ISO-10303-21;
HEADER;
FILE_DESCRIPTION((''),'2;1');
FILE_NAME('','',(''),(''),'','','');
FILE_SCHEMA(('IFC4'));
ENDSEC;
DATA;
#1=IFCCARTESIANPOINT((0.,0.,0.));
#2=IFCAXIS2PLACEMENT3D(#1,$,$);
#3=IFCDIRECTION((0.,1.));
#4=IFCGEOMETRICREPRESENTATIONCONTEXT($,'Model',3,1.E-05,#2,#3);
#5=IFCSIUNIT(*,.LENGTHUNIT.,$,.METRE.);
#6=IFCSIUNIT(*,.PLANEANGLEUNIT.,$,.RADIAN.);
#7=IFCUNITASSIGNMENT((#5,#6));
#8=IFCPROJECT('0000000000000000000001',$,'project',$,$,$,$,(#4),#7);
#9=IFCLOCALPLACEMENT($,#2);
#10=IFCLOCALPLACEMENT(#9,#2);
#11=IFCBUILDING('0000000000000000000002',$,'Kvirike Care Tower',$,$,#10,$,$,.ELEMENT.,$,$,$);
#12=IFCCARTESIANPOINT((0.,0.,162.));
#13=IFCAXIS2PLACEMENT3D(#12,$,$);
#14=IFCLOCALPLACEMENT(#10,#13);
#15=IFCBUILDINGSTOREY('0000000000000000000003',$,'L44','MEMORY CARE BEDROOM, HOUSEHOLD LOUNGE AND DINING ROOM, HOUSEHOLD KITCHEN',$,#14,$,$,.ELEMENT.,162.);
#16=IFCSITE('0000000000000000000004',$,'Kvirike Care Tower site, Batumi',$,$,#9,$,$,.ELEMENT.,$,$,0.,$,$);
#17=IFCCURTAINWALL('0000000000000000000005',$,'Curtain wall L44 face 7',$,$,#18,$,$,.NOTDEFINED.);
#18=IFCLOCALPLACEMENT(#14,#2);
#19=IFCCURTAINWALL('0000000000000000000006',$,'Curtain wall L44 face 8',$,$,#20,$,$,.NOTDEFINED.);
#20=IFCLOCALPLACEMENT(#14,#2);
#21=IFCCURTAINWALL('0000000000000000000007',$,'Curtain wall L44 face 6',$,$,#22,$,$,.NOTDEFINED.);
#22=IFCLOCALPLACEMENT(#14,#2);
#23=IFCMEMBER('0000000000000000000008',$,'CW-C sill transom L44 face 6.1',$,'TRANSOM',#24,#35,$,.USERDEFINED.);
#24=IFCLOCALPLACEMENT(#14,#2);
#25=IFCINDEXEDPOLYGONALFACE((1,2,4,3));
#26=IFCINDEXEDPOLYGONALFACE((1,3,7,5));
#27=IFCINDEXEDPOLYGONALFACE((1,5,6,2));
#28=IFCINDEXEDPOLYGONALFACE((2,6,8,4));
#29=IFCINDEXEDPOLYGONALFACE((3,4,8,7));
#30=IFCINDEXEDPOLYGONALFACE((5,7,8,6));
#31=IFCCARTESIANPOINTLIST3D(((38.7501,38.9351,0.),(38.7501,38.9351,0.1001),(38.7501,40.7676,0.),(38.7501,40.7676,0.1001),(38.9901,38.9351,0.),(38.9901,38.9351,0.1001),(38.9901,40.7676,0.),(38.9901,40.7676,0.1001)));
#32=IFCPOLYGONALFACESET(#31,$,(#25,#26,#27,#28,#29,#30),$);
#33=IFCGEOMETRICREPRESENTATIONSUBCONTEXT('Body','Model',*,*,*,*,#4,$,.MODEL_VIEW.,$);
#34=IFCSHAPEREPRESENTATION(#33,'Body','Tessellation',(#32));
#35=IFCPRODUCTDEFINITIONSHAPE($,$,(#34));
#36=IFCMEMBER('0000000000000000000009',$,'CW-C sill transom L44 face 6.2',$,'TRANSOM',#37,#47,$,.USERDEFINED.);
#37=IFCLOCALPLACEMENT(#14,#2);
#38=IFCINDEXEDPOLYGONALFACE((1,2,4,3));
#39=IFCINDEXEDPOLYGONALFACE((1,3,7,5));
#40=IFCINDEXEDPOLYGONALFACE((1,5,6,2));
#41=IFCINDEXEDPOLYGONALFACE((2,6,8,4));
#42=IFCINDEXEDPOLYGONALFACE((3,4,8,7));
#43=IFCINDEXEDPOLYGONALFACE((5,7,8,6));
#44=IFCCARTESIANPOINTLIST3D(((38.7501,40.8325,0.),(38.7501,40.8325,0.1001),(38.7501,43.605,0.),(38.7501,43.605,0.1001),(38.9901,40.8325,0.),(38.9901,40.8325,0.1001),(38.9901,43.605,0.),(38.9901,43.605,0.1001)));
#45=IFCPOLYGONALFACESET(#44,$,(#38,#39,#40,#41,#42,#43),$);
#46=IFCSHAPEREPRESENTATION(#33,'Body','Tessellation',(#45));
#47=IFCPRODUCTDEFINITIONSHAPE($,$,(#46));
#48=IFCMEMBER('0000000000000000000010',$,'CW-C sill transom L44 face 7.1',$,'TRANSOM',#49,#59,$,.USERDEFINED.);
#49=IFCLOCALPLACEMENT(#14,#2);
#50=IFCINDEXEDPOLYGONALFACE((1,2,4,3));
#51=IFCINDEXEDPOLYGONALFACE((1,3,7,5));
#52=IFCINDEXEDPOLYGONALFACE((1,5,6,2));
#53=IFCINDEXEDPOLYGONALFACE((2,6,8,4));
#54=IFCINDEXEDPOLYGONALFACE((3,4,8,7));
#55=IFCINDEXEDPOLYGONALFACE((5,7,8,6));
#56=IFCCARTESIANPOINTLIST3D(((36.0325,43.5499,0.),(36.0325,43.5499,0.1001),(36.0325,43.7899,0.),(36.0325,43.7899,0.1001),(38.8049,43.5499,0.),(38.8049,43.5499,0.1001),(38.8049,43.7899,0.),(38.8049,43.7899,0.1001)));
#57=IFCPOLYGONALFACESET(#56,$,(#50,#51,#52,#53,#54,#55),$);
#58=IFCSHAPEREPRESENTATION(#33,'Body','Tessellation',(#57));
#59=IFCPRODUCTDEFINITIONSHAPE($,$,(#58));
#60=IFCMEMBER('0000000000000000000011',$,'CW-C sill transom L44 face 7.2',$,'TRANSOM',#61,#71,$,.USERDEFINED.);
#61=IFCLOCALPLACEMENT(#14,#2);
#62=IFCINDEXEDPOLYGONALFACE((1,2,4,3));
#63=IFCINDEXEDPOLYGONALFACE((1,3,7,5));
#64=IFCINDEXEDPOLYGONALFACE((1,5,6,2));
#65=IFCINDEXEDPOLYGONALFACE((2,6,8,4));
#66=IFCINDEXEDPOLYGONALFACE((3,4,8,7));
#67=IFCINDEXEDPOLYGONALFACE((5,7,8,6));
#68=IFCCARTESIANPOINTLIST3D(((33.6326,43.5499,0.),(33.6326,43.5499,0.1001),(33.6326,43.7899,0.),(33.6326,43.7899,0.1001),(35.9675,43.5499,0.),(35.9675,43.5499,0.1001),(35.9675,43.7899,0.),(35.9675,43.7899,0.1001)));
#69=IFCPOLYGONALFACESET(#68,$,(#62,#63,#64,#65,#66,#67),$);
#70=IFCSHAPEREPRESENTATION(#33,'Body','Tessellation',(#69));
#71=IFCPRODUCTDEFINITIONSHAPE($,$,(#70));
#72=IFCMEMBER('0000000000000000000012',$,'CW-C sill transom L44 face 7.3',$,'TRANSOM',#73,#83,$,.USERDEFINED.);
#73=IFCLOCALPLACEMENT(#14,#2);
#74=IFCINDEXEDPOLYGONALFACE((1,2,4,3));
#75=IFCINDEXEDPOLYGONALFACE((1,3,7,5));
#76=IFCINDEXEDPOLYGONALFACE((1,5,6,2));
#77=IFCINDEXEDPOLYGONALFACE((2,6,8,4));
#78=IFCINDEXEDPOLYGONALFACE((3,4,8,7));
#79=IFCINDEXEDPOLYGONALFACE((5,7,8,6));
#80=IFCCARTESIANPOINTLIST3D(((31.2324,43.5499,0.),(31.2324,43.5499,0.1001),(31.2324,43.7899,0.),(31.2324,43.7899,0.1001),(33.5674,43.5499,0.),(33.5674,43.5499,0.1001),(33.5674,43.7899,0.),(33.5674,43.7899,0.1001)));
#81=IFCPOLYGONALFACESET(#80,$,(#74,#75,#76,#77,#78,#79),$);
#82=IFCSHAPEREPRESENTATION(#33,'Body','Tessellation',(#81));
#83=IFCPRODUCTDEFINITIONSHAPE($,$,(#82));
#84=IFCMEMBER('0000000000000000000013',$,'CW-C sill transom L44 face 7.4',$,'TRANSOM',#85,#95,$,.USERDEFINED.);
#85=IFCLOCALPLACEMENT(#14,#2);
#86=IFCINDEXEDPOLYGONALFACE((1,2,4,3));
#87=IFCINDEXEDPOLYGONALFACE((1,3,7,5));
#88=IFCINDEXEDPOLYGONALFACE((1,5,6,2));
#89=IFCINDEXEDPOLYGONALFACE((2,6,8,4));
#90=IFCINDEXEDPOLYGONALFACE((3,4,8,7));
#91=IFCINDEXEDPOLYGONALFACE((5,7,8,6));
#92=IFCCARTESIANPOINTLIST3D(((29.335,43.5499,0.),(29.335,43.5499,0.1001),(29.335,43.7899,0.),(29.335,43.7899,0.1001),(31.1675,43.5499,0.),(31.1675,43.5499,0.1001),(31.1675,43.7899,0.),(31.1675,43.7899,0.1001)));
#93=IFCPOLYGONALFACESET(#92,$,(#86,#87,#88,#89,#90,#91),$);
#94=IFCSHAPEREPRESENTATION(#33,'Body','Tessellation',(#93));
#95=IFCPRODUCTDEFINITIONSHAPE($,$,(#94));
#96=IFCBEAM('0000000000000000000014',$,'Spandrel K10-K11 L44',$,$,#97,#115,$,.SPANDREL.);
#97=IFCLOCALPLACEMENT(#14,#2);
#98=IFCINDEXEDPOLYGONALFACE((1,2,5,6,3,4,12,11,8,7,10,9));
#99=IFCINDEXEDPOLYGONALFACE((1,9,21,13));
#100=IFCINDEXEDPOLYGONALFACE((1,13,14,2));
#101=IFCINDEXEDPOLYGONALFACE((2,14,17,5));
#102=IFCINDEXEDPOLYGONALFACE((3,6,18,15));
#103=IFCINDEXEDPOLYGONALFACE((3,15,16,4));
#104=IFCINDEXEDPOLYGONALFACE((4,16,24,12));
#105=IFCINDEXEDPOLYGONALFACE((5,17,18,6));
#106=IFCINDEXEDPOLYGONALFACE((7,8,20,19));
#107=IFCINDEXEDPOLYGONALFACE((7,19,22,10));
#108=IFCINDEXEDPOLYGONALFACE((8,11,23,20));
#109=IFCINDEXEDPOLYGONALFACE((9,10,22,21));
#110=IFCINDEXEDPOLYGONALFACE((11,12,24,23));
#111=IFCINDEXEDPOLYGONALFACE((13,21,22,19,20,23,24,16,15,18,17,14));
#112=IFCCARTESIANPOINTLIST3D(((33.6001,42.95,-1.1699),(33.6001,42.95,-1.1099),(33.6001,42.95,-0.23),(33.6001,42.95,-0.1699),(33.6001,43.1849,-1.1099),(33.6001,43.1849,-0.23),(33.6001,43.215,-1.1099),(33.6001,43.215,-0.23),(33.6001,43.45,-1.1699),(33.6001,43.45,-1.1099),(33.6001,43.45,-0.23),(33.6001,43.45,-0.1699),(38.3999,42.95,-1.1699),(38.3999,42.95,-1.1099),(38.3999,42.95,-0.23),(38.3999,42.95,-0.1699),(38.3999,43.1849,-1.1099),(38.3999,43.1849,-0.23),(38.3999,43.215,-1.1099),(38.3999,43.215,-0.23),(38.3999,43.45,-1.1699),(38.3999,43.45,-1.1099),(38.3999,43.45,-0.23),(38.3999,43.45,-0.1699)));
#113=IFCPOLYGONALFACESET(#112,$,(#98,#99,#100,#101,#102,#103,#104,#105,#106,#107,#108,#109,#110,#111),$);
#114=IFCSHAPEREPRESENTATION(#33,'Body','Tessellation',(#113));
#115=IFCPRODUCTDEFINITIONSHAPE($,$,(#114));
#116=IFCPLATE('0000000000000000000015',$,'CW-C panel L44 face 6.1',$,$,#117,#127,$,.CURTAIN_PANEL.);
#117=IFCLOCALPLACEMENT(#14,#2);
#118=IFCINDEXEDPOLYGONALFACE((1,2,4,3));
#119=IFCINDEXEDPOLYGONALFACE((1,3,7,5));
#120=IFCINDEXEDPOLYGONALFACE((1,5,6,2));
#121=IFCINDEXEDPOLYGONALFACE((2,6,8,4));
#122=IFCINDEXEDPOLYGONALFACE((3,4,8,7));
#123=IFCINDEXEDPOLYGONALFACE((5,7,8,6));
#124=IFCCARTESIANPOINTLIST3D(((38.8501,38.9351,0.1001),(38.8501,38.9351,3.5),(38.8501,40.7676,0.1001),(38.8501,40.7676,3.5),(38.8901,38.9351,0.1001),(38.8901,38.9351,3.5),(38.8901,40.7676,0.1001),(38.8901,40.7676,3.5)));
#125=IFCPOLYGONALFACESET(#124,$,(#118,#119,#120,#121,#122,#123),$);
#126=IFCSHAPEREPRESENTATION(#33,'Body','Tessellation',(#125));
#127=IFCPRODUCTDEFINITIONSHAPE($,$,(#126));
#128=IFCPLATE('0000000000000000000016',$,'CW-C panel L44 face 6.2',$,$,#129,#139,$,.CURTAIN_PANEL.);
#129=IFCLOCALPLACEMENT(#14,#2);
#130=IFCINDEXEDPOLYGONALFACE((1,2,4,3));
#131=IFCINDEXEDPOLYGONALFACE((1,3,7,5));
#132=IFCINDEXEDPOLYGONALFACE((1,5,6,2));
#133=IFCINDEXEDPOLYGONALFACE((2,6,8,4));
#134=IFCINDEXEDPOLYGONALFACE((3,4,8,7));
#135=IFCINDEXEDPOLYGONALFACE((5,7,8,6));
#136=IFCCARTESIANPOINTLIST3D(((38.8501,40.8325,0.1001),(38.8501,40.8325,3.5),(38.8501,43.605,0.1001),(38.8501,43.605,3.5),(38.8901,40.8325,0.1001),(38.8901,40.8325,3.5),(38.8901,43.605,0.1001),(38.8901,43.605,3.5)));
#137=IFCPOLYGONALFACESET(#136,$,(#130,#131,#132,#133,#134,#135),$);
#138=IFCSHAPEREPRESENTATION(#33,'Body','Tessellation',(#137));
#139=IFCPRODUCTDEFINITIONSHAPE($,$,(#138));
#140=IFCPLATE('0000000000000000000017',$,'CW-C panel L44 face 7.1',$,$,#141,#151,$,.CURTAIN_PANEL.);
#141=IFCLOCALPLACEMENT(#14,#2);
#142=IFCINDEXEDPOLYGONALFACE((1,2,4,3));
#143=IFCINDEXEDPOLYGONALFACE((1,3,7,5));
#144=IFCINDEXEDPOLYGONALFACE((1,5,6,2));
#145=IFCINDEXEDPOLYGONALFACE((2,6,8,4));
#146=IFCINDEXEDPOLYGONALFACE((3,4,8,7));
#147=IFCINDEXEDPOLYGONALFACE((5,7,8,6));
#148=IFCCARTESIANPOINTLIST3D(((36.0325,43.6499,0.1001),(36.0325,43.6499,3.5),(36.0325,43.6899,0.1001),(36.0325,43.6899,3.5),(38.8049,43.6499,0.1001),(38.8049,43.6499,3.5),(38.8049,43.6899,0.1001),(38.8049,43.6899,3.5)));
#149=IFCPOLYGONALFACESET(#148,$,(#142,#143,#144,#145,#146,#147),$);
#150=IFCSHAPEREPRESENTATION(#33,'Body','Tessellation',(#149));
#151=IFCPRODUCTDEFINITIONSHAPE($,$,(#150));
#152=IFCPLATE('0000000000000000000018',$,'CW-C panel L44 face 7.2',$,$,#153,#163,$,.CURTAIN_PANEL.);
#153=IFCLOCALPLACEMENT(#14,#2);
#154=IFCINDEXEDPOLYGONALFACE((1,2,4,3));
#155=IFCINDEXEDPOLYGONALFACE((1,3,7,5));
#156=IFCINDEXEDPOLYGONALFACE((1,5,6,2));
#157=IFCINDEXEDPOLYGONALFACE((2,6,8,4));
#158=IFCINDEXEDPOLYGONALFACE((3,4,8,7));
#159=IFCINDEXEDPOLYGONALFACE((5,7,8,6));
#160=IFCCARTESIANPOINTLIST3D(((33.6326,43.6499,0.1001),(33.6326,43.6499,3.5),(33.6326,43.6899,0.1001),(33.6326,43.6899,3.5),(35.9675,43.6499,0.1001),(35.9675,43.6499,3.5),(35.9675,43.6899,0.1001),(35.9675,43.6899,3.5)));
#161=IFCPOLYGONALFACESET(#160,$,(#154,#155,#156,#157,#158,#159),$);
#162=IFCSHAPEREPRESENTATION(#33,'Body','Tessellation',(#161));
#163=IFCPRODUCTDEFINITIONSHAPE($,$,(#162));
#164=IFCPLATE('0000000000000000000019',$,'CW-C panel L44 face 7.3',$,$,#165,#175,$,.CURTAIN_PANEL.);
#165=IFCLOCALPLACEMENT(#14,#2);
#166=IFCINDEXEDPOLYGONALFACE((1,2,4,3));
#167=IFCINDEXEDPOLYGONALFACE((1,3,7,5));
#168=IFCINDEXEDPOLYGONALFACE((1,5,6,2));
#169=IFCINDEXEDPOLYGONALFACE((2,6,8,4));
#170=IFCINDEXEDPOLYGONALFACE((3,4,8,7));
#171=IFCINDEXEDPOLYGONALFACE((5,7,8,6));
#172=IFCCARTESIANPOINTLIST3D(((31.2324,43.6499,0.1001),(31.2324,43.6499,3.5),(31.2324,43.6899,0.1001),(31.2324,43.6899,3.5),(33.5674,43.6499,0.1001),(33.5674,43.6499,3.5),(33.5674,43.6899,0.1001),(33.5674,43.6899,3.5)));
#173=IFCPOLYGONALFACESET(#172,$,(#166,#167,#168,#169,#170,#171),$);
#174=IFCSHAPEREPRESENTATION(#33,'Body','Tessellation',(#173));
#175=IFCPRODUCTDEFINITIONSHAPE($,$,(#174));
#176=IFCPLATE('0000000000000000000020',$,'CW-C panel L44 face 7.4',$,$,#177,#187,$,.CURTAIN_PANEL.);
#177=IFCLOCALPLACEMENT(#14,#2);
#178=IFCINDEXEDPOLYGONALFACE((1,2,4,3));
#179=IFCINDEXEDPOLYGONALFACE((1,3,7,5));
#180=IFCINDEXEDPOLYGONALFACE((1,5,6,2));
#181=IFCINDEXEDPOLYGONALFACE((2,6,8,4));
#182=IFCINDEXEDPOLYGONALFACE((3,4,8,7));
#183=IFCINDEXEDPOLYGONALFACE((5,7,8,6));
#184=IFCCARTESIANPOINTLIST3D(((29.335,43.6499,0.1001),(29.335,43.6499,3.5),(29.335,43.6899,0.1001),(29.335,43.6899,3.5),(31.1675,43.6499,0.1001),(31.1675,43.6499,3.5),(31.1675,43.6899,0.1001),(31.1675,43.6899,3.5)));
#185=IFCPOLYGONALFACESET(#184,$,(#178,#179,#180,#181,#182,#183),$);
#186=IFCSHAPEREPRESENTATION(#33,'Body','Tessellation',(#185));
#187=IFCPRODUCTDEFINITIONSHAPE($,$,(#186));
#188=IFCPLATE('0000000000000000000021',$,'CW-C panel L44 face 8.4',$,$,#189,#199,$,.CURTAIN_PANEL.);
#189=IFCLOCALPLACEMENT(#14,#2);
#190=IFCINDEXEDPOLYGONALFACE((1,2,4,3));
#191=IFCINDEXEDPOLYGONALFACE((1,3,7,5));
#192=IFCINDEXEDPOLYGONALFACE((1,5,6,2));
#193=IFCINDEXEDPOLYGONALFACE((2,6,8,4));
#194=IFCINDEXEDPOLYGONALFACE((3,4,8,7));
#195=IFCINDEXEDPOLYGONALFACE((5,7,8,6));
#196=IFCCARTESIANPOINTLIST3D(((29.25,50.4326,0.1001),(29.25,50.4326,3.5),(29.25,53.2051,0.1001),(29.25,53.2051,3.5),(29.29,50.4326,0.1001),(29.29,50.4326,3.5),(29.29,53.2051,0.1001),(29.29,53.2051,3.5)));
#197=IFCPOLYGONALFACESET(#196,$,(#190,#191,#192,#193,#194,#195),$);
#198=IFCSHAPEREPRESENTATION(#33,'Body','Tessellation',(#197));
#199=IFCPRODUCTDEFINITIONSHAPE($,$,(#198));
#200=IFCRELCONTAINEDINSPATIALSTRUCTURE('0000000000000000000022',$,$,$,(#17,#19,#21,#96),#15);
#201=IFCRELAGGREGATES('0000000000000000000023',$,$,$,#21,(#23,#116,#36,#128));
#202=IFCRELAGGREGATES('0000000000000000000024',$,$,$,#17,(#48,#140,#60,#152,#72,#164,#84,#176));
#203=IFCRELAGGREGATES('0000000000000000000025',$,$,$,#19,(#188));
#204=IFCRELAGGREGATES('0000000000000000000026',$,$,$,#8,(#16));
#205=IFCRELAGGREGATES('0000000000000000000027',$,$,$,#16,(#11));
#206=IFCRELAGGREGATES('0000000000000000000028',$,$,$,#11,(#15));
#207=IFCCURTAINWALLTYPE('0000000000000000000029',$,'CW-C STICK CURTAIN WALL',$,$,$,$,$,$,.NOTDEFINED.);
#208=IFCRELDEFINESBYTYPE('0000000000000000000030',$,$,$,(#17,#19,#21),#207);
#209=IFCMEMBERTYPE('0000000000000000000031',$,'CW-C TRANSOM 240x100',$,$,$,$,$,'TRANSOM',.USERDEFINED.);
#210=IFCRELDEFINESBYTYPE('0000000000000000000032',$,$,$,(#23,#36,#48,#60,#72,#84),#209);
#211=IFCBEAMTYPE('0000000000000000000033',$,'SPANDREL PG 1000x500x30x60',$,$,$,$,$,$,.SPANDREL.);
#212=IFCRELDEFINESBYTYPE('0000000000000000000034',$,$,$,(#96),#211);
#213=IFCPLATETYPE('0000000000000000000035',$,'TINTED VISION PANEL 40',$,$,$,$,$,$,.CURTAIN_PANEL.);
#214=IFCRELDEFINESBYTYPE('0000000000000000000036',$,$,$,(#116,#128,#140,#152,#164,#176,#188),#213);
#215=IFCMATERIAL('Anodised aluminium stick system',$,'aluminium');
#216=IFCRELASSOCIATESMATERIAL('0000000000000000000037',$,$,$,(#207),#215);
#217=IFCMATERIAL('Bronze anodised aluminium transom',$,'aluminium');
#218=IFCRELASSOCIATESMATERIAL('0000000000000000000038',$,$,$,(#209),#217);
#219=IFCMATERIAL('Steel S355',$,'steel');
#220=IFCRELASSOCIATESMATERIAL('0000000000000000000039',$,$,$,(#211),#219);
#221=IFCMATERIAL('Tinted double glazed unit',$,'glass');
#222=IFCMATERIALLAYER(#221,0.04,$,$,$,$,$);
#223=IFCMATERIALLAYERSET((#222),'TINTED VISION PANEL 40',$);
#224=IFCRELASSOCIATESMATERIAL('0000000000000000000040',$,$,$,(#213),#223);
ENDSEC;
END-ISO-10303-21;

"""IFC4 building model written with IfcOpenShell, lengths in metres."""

from ifc_helpers import new_model, si_unit, direction, frame, origin, origin_2d, place, context, subcontext, project, spatial, rectangle, i_section, extrude, material, layer, layer_set, material_profile, profile_set, type_object, element, aggregate, save


model = new_model("IFC4")

# Units and contexts
model_context = context("Model", 3, precision=1e-05, world=origin(), true_north=direction((0.0, 1.0)))
body_context = subcontext(model_context, "Body", "Model", "MODEL_VIEW")
ifc_project = project(units=[si_unit("LENGTHUNIT", "METRE"), si_unit("PLANEANGLEUNIT", "RADIAN")], contexts=[model_context])

# Site, building, storey
site_placement = place(None, origin())
site = spatial("IfcSite", under=ifc_project, at=site_placement, Name="Kvirike Care Tower site, Batumi", CompositionType="ELEMENT", RefElevation=0.0)
building_placement = place(site_placement, origin())
building = spatial("IfcBuilding", under=site, at=building_placement, Name="Kvirike Care Tower", CompositionType="ELEMENT")
storey_placement = place(building_placement, frame((0.0, 0.0, 162.0)))
storey = spatial("IfcBuildingStorey", under=building, at=storey_placement, Name="L44", Description="MEMORY CARE BEDROOM, HOUSEHOLD LOUNGE AND DINING ROOM, HOUSEHOLD KITCHEN", CompositionType="ELEMENT", Elevation=162.0)

# Curtain walls
ifc_material_1 = material(Name="Anodised aluminium stick system", Category="aluminium")
curtain_wall_type = type_object("IfcCurtainWallType", Name="CW-C STICK CURTAIN WALL", PredefinedType="NOTDEFINED", material=ifc_material_1)
curtain_wall_1_placement = place(storey_placement, origin())
curtain_wall_1 = element("IfcCurtainWall", 1, at=curtain_wall_1_placement, inside=storey, type_object=curtain_wall_type, Name="Curtain wall L44 face 7", PredefinedType="NOTDEFINED")
curtain_wall_2_placement = place(storey_placement, origin())
curtain_wall_2 = element("IfcCurtainWall", 2, at=curtain_wall_2_placement, inside=storey, type_object=curtain_wall_type, Name="Curtain wall L44 face 8", PredefinedType="NOTDEFINED")

# Curtain wall
curtain_wall_3_placement = place(storey_placement, origin())
curtain_wall_3 = element("IfcCurtainWall", 3, at=curtain_wall_3_placement, inside=storey, type_object=curtain_wall_type, Name="Curtain wall L44 face 6", PredefinedType="NOTDEFINED")

# Members
ifc_material_2 = material(Name="Bronze anodised aluminium transom", Category="aluminium")
ifc_material_profile_1 = material_profile(ifc_material_2, rectangle(XDim=0.24, YDim=0.1001, at=origin_2d()), Name="CW-C TRANSOM 240x100")
ifc_profile_set_1 = profile_set([ifc_material_profile_1], Name="Bronze anodised aluminium transom")
member_type_1 = type_object("IfcMemberType", Name="CW-C TRANSOM 240x100", ElementType="TRANSOM", PredefinedType="USERDEFINED", material=ifc_profile_set_1)
member_1_placement = place(storey_placement, frame((38.8701, 38.9351, 0.05), z_axis=(0.0, 1.0, 0.0), x_axis=(-1.0, 0.0, 0.0)))
member_1 = element("IfcMember", 4, at=member_1_placement, type_object=member_type_1, Name="CW-C sill transom L44 face 6.1", ObjectType="TRANSOM", PredefinedType="USERDEFINED", context=body_context, shape_type="SweptSolid", body=[
    extrude(rectangle(XDim=0.24, YDim=0.1001, at=origin_2d()), origin(), (0.0, 0.0, 1.0), 1.8325),
])
member_2_placement = place(storey_placement, frame((38.8701, 40.8325, 0.05), z_axis=(0.0, 1.0, 0.0), x_axis=(-1.0, 0.0, 0.0)))
member_2 = element("IfcMember", 5, at=member_2_placement, type_object=member_type_1, Name="CW-C sill transom L44 face 6.2", ObjectType="TRANSOM", PredefinedType="USERDEFINED", context=body_context, shape_type="SweptSolid", body=[
    extrude(rectangle(XDim=0.24, YDim=0.1001, at=origin_2d()), origin(), (0.0, 0.0, 1.0), 2.7725),
])
member_3_placement = place(storey_placement, frame((38.8049, 43.6699, 0.05), z_axis=(-1.0, 0.0, 0.0), x_axis=(0.0, -1.0, 0.0)))
member_3 = element("IfcMember", 6, at=member_3_placement, type_object=member_type_1, Name="CW-C sill transom L44 face 7.1", ObjectType="TRANSOM", PredefinedType="USERDEFINED", context=body_context, shape_type="SweptSolid", body=[
    extrude(rectangle(XDim=0.24, YDim=0.1001, at=origin_2d()), origin(), (0.0, 0.0, 1.0), 2.7725),
])
member_4_placement = place(storey_placement, frame((35.9675, 43.6699, 0.05), z_axis=(-1.0, 0.0, 0.0), x_axis=(0.0, -1.0, 0.0)))
member_4 = element("IfcMember", 7, at=member_4_placement, type_object=member_type_1, Name="CW-C sill transom L44 face 7.2", ObjectType="TRANSOM", PredefinedType="USERDEFINED", context=body_context, shape_type="SweptSolid", body=[
    extrude(rectangle(XDim=0.24, YDim=0.1001, at=origin_2d()), origin(), (0.0, 0.0, 1.0), 2.335),
])
member_5_placement = place(storey_placement, frame((33.5674, 43.6699, 0.05), z_axis=(-1.0, 0.0, 0.0), x_axis=(0.0, -1.0, 0.0)))
member_5 = element("IfcMember", 8, at=member_5_placement, type_object=member_type_1, Name="CW-C sill transom L44 face 7.3", ObjectType="TRANSOM", PredefinedType="USERDEFINED", context=body_context, shape_type="SweptSolid", body=[
    extrude(rectangle(XDim=0.24, YDim=0.1001, at=origin_2d()), origin(), (0.0, 0.0, 1.0), 2.335),
])
member_6_placement = place(storey_placement, frame((31.1675, 43.6699, 0.05), z_axis=(-1.0, 0.0, 0.0), x_axis=(0.0, -1.0, 0.0)))
member_6 = element("IfcMember", 9, at=member_6_placement, type_object=member_type_1, Name="CW-C sill transom L44 face 7.4", ObjectType="TRANSOM", PredefinedType="USERDEFINED", context=body_context, shape_type="SweptSolid", body=[
    extrude(rectangle(XDim=0.24, YDim=0.1001, at=origin_2d()), origin(), (0.0, 0.0, 1.0), 1.8325),
])

# Beam
ifc_material_3 = material(Name="Steel S355", Category="steel")
ifc_material_profile_2 = material_profile(ifc_material_3, i_section(OverallWidth=0.5, OverallDepth=1.0, WebThickness=0.03, FlangeThickness=0.0601, at=origin_2d()), Name="PG 1000x500x30x60")
ifc_profile_set_2 = profile_set([ifc_material_profile_2], Name="Steel S355")
beam_type = type_object("IfcBeamType", Name="SPANDREL PG 1000x500x30x60", PredefinedType="SPANDREL", material=ifc_profile_set_2)
beam_placement = place(storey_placement, frame((33.6001, 43.2, -0.6699), z_axis=(1.0, 0.0, 0.0), x_axis=(0.0, 1.0, 0.0)))
element("IfcBeam", 10, at=beam_placement, inside=storey, type_object=beam_type, Name="Spandrel K10-K11 L44", PredefinedType="SPANDREL", context=body_context, shape_type="SweptSolid", body=[
    extrude(i_section(OverallWidth=0.5, OverallDepth=1.0, WebThickness=0.03, FlangeThickness=0.0601, at=origin_2d()), origin(), (0.0, 0.0, 1.0), 4.7998),
])

# Plates
ifc_material_4 = material(Name="Tinted double glazed unit", Category="glass")
ifc_layer_1 = layer(ifc_material_4, 0.04)
ifc_layer_set_1 = layer_set([ifc_layer_1], Name="TINTED VISION PANEL 40")
plate_type = type_object("IfcPlateType", Name="TINTED VISION PANEL 40", PredefinedType="CURTAIN_PANEL", material=ifc_layer_set_1)
plate_1_placement = place(storey_placement, frame((38.8701, 39.8513, 0.1001), z_axis=(0.0, 0.0, 1.0), x_axis=(0.0, 1.0, 0.0)))
plate_1 = element("IfcPlate", 11, at=plate_1_placement, type_object=plate_type, Name="CW-C panel L44 face 6.1", PredefinedType="CURTAIN_PANEL", context=body_context, shape_type="SweptSolid", body=[
    extrude(rectangle(XDim=1.8325, YDim=0.04, at=origin_2d()), origin(), (0.0, 0.0, 1.0), 3.3999),
])
plate_2_placement = place(storey_placement, frame((38.8701, 42.2188, 0.1001), z_axis=(0.0, 0.0, 1.0), x_axis=(0.0, 1.0, 0.0)))
plate_2 = element("IfcPlate", 12, at=plate_2_placement, type_object=plate_type, Name="CW-C panel L44 face 6.2", PredefinedType="CURTAIN_PANEL", context=body_context, shape_type="SweptSolid", body=[
    extrude(rectangle(XDim=2.7725, YDim=0.04, at=origin_2d()), origin(), (0.0, 0.0, 1.0), 3.3999),
])
aggregate(curtain_wall_3, [member_1, plate_1, member_2, plate_2])
plate_3_placement = place(storey_placement, frame((37.4187, 43.6699, 0.1001), z_axis=(0.0, 0.0, 1.0), x_axis=(-1.0, 0.0, 0.0)))
plate_3 = element("IfcPlate", 13, at=plate_3_placement, type_object=plate_type, Name="CW-C panel L44 face 7.1", PredefinedType="CURTAIN_PANEL", context=body_context, shape_type="SweptSolid", body=[
    extrude(rectangle(XDim=2.7725, YDim=0.04, at=origin_2d()), origin(), (0.0, 0.0, 1.0), 3.3999),
])
plate_4_placement = place(storey_placement, frame((34.8, 43.6699, 0.1001), z_axis=(0.0, 0.0, 1.0), x_axis=(-1.0, 0.0, 0.0)))
plate_4 = element("IfcPlate", 14, at=plate_4_placement, type_object=plate_type, Name="CW-C panel L44 face 7.2", PredefinedType="CURTAIN_PANEL", context=body_context, shape_type="SweptSolid", body=[
    extrude(rectangle(XDim=2.335, YDim=0.04, at=origin_2d()), origin(), (0.0, 0.0, 1.0), 3.3999),
])
plate_5_placement = place(storey_placement, frame((32.3999, 43.6699, 0.1001), z_axis=(0.0, 0.0, 1.0), x_axis=(-1.0, 0.0, 0.0)))
plate_5 = element("IfcPlate", 15, at=plate_5_placement, type_object=plate_type, Name="CW-C panel L44 face 7.3", PredefinedType="CURTAIN_PANEL", context=body_context, shape_type="SweptSolid", body=[
    extrude(rectangle(XDim=2.335, YDim=0.04, at=origin_2d()), origin(), (0.0, 0.0, 1.0), 3.3999),
])
plate_6_placement = place(storey_placement, frame((30.2512, 43.6699, 0.1001), z_axis=(0.0, 0.0, 1.0), x_axis=(-1.0, 0.0, 0.0)))
plate_6 = element("IfcPlate", 16, at=plate_6_placement, type_object=plate_type, Name="CW-C panel L44 face 7.4", PredefinedType="CURTAIN_PANEL", context=body_context, shape_type="SweptSolid", body=[
    extrude(rectangle(XDim=1.8325, YDim=0.04, at=origin_2d()), origin(), (0.0, 0.0, 1.0), 3.3999),
])
aggregate(curtain_wall_1, [member_3, plate_3, member_4, plate_4, member_5, plate_5, member_6, plate_6])
plate_7_placement = place(storey_placement, frame((29.27, 51.8188, 0.1001), z_axis=(0.0, 0.0, 1.0), x_axis=(0.0, 1.0, 0.0)))
plate_7 = element("IfcPlate", 17, at=plate_7_placement, type_object=plate_type, Name="CW-C panel L44 face 8.4", PredefinedType="CURTAIN_PANEL", context=body_context, shape_type="SweptSolid", body=[
    extrude(rectangle(XDim=2.7725, YDim=0.04, at=origin_2d()), origin(), (0.0, 0.0, 1.0), 3.3999),
])
aggregate(curtain_wall_2, [plate_7])

save(model, "model.ifc")
